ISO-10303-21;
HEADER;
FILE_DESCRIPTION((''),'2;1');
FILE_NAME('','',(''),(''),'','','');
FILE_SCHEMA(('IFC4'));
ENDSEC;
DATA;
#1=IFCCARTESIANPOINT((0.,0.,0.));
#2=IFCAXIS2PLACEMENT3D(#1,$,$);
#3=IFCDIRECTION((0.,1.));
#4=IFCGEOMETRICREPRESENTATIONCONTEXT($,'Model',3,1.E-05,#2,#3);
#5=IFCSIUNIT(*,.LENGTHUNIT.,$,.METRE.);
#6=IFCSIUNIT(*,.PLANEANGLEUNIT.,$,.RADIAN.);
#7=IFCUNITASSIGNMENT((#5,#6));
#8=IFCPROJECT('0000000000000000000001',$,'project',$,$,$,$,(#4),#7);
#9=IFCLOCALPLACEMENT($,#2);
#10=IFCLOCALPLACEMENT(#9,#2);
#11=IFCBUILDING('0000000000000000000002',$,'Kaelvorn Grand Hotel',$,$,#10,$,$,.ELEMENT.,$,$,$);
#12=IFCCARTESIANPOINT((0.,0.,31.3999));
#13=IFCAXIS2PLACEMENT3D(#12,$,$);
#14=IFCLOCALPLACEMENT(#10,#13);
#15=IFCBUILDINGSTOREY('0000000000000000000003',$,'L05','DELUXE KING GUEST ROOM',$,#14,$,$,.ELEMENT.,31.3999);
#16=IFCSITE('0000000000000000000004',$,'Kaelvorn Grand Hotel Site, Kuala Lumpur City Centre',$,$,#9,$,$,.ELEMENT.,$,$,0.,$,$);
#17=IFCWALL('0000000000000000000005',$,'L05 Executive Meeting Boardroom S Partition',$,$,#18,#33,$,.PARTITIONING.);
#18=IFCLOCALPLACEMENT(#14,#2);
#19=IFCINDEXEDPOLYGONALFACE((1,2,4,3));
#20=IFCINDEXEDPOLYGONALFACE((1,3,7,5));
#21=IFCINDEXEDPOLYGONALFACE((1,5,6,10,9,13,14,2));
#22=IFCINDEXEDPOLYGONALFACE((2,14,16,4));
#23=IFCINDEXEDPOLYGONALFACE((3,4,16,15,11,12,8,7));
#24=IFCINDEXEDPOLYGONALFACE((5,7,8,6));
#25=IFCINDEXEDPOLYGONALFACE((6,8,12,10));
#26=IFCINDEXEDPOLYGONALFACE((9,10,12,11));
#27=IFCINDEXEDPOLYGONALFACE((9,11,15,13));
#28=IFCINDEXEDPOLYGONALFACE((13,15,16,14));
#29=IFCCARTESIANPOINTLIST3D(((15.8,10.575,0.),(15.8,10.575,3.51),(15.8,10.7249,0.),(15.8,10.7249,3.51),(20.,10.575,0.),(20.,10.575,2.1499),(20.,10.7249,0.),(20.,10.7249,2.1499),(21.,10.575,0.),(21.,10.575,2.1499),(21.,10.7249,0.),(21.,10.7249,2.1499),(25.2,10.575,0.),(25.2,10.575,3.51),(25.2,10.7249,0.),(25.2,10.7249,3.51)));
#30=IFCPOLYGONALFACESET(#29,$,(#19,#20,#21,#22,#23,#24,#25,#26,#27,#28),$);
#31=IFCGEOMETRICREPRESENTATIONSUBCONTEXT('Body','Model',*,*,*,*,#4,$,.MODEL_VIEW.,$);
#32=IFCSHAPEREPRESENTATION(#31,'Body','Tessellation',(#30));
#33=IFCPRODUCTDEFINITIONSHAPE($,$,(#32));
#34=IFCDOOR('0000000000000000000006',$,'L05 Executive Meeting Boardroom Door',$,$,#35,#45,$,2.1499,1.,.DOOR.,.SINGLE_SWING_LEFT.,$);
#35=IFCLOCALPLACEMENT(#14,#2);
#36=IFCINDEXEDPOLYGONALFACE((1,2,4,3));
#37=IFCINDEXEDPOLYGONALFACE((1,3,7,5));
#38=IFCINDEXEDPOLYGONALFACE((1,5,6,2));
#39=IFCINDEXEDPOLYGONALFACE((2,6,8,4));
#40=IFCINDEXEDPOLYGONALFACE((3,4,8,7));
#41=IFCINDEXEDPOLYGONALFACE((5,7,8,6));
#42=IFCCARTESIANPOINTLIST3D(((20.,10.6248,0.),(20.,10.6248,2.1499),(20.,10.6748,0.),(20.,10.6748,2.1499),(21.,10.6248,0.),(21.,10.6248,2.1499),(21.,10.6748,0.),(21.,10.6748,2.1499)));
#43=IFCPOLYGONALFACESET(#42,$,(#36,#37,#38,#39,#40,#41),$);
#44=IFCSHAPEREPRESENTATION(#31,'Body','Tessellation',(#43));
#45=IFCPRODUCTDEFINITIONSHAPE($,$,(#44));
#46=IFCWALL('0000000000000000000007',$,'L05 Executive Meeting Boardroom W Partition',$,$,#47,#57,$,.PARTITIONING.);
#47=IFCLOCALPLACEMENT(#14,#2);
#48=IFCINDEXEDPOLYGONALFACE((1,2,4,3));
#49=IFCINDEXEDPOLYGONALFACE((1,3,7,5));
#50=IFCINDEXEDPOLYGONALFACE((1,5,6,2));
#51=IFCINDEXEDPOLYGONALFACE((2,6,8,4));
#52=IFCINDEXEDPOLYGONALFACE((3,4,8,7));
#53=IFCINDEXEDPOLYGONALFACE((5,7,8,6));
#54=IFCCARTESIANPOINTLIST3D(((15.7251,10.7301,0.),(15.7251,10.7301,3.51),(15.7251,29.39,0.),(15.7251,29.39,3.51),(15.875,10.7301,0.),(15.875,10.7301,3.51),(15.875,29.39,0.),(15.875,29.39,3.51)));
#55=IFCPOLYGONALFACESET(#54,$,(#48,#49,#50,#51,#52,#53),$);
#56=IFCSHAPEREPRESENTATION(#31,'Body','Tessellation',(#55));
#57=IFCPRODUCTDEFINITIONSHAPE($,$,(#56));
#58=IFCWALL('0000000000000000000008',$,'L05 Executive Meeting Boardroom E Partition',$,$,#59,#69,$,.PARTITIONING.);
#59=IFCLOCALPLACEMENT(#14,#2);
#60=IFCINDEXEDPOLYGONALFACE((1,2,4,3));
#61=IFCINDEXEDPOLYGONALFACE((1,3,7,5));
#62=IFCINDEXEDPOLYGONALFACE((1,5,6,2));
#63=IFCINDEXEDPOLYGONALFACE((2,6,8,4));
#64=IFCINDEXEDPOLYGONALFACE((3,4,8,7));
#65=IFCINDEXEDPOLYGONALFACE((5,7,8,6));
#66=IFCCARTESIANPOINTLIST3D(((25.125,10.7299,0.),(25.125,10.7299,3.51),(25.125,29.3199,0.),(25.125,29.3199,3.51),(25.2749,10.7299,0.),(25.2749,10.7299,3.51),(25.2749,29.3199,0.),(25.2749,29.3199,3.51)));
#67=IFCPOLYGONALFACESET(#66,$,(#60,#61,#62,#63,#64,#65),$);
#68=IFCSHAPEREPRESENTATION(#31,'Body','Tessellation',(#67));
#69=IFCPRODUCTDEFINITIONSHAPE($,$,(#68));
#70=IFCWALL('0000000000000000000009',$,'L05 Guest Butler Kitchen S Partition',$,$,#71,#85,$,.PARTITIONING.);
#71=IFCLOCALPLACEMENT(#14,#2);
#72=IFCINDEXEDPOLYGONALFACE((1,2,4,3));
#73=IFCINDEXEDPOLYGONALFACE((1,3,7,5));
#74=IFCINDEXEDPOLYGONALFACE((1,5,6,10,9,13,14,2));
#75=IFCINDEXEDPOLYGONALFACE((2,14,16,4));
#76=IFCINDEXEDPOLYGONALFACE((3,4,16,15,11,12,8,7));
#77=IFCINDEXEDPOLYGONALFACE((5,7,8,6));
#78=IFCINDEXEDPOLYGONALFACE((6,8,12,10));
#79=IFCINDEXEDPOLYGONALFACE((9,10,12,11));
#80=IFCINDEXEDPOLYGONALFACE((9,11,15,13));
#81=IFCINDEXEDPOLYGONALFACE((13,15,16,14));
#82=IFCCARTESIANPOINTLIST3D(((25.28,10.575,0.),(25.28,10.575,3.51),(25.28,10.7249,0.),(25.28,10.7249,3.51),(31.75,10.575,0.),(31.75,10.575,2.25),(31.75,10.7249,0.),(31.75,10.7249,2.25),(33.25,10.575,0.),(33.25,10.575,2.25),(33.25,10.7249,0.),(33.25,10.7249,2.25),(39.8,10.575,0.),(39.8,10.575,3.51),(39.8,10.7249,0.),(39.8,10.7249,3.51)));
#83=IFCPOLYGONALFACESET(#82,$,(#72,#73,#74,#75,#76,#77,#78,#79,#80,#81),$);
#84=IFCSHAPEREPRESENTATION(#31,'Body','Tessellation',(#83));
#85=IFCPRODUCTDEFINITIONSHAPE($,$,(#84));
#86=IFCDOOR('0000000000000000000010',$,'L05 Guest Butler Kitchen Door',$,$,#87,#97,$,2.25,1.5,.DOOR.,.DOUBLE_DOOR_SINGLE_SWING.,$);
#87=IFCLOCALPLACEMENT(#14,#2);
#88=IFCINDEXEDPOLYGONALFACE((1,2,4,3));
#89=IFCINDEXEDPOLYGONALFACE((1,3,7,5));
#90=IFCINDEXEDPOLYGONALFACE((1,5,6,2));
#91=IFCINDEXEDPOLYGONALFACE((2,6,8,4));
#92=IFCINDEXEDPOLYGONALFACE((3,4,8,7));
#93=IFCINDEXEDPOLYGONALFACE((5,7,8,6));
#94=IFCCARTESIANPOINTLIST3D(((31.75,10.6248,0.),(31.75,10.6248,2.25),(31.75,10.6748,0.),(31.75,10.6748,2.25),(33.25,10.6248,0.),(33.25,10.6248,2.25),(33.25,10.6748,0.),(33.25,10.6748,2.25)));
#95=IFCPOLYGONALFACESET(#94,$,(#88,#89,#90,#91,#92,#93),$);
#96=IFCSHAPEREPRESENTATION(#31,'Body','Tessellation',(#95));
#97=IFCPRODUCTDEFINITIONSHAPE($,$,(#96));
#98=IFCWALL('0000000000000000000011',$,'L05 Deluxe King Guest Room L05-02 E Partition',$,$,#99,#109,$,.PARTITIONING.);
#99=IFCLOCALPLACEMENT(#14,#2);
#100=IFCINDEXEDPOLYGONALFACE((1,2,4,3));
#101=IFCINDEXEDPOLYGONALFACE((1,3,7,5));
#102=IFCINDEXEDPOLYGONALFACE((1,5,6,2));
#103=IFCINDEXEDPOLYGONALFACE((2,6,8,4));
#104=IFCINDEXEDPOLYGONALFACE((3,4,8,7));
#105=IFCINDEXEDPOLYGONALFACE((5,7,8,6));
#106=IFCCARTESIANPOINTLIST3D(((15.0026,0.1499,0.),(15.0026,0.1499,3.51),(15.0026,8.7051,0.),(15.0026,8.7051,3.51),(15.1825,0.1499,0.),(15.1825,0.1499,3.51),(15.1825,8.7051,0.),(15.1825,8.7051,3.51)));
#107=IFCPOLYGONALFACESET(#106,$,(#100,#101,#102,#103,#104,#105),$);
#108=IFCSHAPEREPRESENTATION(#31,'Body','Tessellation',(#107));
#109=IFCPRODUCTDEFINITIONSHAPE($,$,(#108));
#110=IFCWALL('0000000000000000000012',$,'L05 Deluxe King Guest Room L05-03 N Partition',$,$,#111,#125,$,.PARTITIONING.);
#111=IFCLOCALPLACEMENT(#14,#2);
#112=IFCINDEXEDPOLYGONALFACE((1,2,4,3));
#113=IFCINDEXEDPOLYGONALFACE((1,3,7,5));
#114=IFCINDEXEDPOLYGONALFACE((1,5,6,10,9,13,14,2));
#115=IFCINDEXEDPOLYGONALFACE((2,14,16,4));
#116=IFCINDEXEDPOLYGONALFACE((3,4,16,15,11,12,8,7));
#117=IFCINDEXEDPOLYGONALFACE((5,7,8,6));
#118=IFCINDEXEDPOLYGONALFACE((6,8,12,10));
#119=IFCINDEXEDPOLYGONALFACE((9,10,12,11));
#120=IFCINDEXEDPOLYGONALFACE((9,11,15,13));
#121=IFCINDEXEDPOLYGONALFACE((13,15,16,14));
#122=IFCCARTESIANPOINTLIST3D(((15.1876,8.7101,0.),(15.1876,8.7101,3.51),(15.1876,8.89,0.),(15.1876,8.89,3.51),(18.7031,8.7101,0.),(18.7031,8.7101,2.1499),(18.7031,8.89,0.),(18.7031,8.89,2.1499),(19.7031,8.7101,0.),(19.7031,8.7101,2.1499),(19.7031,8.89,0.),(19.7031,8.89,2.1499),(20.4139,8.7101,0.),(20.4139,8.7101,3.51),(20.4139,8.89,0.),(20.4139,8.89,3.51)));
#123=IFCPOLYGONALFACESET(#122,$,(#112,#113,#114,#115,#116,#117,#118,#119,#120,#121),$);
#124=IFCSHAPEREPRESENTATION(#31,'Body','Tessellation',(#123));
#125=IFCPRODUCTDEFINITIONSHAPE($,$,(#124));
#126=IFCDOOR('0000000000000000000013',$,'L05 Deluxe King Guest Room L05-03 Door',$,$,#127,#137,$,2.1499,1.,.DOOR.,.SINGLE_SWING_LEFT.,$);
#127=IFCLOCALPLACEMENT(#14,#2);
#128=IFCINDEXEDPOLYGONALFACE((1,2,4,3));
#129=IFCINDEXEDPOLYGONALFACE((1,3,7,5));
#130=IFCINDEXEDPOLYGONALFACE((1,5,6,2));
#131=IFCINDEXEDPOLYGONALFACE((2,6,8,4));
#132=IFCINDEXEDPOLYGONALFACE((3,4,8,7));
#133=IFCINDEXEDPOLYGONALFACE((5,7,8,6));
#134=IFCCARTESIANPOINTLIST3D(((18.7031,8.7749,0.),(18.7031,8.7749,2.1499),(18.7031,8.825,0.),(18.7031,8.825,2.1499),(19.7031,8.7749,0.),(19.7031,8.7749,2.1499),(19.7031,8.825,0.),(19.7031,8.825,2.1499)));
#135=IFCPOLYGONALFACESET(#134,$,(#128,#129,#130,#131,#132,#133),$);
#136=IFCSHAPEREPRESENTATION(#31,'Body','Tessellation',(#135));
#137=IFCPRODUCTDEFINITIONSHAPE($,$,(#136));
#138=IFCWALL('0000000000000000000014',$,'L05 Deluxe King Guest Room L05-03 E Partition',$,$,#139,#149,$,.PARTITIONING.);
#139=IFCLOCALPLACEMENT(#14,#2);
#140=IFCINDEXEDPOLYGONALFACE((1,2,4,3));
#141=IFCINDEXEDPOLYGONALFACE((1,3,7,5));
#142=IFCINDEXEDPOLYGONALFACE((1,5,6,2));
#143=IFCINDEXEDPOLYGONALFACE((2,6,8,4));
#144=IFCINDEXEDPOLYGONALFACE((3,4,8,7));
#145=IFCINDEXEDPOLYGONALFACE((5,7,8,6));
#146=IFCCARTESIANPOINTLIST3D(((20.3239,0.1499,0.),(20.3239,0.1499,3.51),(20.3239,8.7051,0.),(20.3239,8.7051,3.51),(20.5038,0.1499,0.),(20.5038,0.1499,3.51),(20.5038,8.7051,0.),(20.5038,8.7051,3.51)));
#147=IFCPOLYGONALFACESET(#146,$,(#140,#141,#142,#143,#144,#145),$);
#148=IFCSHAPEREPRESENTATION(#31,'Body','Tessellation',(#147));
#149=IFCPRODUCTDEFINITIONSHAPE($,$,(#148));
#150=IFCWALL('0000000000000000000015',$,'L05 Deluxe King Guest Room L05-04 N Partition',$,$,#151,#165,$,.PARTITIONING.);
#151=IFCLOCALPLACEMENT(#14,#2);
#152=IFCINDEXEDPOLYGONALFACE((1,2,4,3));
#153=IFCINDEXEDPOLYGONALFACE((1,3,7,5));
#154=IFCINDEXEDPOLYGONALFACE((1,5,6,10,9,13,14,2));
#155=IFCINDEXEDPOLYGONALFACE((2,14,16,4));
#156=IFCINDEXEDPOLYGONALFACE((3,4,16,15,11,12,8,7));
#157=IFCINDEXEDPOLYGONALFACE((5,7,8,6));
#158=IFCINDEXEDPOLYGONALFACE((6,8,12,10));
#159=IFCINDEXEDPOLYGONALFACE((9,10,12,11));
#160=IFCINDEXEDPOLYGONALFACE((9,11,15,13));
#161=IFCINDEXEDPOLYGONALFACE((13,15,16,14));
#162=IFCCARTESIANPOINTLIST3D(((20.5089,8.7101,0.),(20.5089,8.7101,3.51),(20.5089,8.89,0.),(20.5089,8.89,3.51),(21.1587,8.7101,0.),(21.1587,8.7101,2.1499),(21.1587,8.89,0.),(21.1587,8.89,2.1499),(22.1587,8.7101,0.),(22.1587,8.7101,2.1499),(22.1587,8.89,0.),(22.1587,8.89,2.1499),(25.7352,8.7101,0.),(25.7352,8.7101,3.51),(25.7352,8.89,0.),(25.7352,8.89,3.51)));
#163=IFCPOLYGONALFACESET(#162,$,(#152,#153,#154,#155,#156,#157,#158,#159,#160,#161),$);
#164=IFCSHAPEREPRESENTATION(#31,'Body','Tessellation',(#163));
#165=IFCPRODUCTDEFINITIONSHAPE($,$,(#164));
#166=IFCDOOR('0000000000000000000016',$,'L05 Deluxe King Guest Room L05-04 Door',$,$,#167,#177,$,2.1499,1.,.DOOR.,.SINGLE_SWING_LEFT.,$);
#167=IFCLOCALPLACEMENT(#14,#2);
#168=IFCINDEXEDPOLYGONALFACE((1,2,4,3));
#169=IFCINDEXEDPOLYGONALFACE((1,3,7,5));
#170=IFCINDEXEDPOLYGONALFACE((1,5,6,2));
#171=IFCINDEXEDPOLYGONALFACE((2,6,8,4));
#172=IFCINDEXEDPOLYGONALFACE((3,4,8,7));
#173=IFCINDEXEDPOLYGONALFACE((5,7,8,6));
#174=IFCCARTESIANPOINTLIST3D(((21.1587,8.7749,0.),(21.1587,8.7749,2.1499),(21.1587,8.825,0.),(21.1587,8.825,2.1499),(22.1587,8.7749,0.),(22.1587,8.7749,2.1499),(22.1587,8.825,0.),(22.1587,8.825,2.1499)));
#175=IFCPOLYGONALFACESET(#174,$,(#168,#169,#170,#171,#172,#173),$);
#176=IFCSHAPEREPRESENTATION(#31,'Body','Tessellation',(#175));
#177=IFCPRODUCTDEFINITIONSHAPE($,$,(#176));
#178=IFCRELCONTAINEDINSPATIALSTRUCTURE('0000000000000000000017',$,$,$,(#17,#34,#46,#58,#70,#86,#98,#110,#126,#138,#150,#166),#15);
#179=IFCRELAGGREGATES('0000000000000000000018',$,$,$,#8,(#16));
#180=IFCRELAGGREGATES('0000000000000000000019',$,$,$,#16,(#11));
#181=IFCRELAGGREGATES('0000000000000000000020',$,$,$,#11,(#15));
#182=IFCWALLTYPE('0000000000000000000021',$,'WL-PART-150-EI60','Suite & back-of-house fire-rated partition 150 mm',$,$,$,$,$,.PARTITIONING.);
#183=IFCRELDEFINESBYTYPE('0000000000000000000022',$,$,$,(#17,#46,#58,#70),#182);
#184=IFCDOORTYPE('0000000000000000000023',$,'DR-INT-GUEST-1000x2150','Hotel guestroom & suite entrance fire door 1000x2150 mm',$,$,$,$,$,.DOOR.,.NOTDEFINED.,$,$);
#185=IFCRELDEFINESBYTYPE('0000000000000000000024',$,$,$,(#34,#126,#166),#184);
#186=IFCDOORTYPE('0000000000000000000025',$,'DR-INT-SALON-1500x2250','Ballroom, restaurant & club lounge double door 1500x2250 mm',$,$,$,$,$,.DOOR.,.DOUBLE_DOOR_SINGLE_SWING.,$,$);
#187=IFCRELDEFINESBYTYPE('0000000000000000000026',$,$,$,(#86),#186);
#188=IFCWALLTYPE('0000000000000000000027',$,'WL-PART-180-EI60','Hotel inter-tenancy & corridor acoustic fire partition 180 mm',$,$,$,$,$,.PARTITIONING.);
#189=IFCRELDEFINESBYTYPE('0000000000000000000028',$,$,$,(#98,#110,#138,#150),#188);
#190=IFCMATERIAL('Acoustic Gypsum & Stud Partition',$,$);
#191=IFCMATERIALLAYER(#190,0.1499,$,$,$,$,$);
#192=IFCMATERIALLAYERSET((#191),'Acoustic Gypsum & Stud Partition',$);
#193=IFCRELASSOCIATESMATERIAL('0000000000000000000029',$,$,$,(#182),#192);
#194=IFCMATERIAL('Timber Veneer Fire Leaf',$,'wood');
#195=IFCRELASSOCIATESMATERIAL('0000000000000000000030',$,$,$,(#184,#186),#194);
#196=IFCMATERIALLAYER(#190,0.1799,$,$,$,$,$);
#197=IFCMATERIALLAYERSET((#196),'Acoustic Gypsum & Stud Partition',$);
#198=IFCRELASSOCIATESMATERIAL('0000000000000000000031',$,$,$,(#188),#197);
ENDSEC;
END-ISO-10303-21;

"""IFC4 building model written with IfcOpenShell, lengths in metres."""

from ifc_helpers import new_model, si_unit, direction, frame, frame_2d, origin, place, context, subcontext, project, spatial, rectangle, extrude, material, layer, layer_set, type_object, element, fill, save


model = new_model("IFC4")

# Units and contexts
model_context = context("Model", 3, precision=1e-05, world=origin(), true_north=direction((0.0, 1.0)))
body_context = subcontext(model_context, "Body", "Model", "MODEL_VIEW")
ifc_project = project(units=[si_unit("LENGTHUNIT", "METRE"), si_unit("PLANEANGLEUNIT", "RADIAN")], contexts=[model_context])

# Site, building, storey
site_placement = place(None, origin())
site = spatial("IfcSite", under=ifc_project, at=site_placement, Name="Kaelvorn Grand Hotel Site, Kuala Lumpur City Centre", CompositionType="ELEMENT", RefElevation=0.0)
building_placement = place(site_placement, origin())
building = spatial("IfcBuilding", under=site, at=building_placement, Name="Kaelvorn Grand Hotel", CompositionType="ELEMENT")
storey_placement = place(building_placement, frame((0.0, 0.0, 31.3999)))
storey = spatial("IfcBuildingStorey", under=building, at=storey_placement, Name="L05", Description="DELUXE KING GUEST ROOM", CompositionType="ELEMENT", Elevation=31.3999)

# Wall, opening, door
ifc_material_1 = material(Name="Acoustic Gypsum & Stud Partition")
ifc_layer_1 = layer(ifc_material_1, 0.1499)
ifc_layer_set_1 = layer_set([ifc_layer_1], Name="Acoustic Gypsum & Stud Partition")
wall_type_1 = type_object("IfcWallType", Name="WL-PART-150-EI60", Description="Suite & back-of-house fire-rated partition 150 mm", PredefinedType="PARTITIONING", material=ifc_layer_set_1)
wall_1_placement = place(storey_placement, frame((15.8, 10.6499, 0.0), z_axis=(0.0, 0.0, 1.0), x_axis=(1.0, 0.0, 0.0)))
wall_1 = element("IfcWall", 1, at=wall_1_placement, inside=storey, type_object=wall_type_1, Name="L05 Executive Meeting Boardroom S Partition", PredefinedType="PARTITIONING", context=body_context, shape_type="SweptSolid", body=[
    extrude(rectangle(XDim=9.3999, YDim=0.1499, at=frame_2d((4.7, 0.0))), origin(), (0.0, 0.0, 1.0), 3.51),
])
opening_1_placement = place(wall_1_placement, frame((4.2, 0.0, 0.0)))
opening_1 = element("IfcOpeningElement", 2, at=opening_1_placement, cuts=wall_1, PredefinedType="OPENING", context=body_context, shape_type="SweptSolid", body=[
    extrude(rectangle(XDim=1.0, YDim=2.1499, at=frame_2d((0.5, 1.075))), frame((0.0, 0.085, 0.0), z_axis=(0.0, -1.0, 0.0), x_axis=(1.0, 0.0, 0.0)), (0.0, 0.0, 1.0), 0.1699),
])
ifc_material_2 = material(Name="Timber Veneer Fire Leaf", Category="wood")
door_type_1 = type_object("IfcDoorType", Name="DR-INT-GUEST-1000x2150", Description="Hotel guestroom & suite entrance fire door 1000x2150 mm", OperationType="NOTDEFINED", PredefinedType="DOOR", material=ifc_material_2)
door_1_placement = place(opening_1_placement, origin())
door_1 = element("IfcDoor", 3, at=door_1_placement, inside=storey, type_object=door_type_1, Name="L05 Executive Meeting Boardroom Door", OperationType="SINGLE_SWING_LEFT", OverallHeight=2.1499, OverallWidth=1.0, PredefinedType="DOOR", context=body_context, shape_type="SweptSolid", body=[
    extrude(rectangle(XDim=1.0, YDim=2.1499, at=frame_2d((0.5, 1.075))), frame((0.0, 0.0249, 0.0), z_axis=(0.0, -1.0, 0.0), x_axis=(1.0, 0.0, 0.0)), (0.0, 0.0, 1.0), 0.05),
])
fill(opening_1, door_1)

# Walls
wall_2_placement = place(storey_placement, frame((15.8, 10.73, 0.0), z_axis=(0.0, 0.0, 1.0), x_axis=(0.0, 1.0, 0.0)))
element("IfcWall", 4, at=wall_2_placement, inside=storey, type_object=wall_type_1, Name="L05 Executive Meeting Boardroom W Partition", PredefinedType="PARTITIONING", context=body_context, shape_type="SweptSolid", body=[
    extrude(rectangle(XDim=18.6599, YDim=0.1499, at=frame_2d((9.3301, 0.0))), origin(), (0.0, 0.0, 1.0), 3.51),
])
wall_3_placement = place(storey_placement, frame((25.2, 10.73, 0.0), z_axis=(0.0, 0.0, 1.0), x_axis=(0.0, 1.0, 0.0)))
element("IfcWall", 5, at=wall_3_placement, inside=storey, type_object=wall_type_1, Name="L05 Executive Meeting Boardroom E Partition", PredefinedType="PARTITIONING", context=body_context, shape_type="SweptSolid", body=[
    extrude(rectangle(XDim=18.5901, YDim=0.1499, at=frame_2d((9.2949, 0.0))), origin(), (0.0, 0.0, 1.0), 3.51),
])

# Wall, opening, door
wall_4_placement = place(storey_placement, frame((25.28, 10.6499, 0.0), z_axis=(0.0, 0.0, 1.0), x_axis=(1.0, 0.0, 0.0)))
wall_4 = element("IfcWall", 6, at=wall_4_placement, inside=storey, type_object=wall_type_1, Name="L05 Guest Butler Kitchen S Partition", PredefinedType="PARTITIONING", context=body_context, shape_type="SweptSolid", body=[
    extrude(rectangle(XDim=14.52, YDim=0.1499, at=frame_2d((7.26, 0.0))), origin(), (0.0, 0.0, 1.0), 3.51),
])
opening_2_placement = place(wall_4_placement, frame((6.47, 0.0, 0.0)))
opening_2 = element("IfcOpeningElement", 7, at=opening_2_placement, cuts=wall_4, PredefinedType="OPENING", context=body_context, shape_type="SweptSolid", body=[
    extrude(rectangle(XDim=1.5, YDim=2.25, at=frame_2d((0.75, 1.125))), frame((0.0, 0.085, 0.0), z_axis=(0.0, -1.0, 0.0), x_axis=(1.0, 0.0, 0.0)), (0.0, 0.0, 1.0), 0.1699),
])
door_type_2 = type_object("IfcDoorType", Name="DR-INT-SALON-1500x2250", Description="Ballroom, restaurant & club lounge double door 1500x2250 mm", OperationType="DOUBLE_DOOR_SINGLE_SWING", PredefinedType="DOOR", material=ifc_material_2)
door_2_placement = place(opening_2_placement, origin())
door_2 = element("IfcDoor", 8, at=door_2_placement, inside=storey, type_object=door_type_2, Name="L05 Guest Butler Kitchen Door", OperationType="DOUBLE_DOOR_SINGLE_SWING", OverallHeight=2.25, OverallWidth=1.5, PredefinedType="DOOR", context=body_context, shape_type="SweptSolid", body=[
    extrude(rectangle(XDim=1.5, YDim=2.25, at=frame_2d((0.75, 1.125))), frame((0.0, 0.0249, 0.0), z_axis=(0.0, -1.0, 0.0), x_axis=(1.0, 0.0, 0.0)), (0.0, 0.0, 1.0), 0.05),
])
fill(opening_2, door_2)

# Wall
ifc_layer_2 = layer(ifc_material_1, 0.1799)
ifc_layer_set_2 = layer_set([ifc_layer_2], Name="Acoustic Gypsum & Stud Partition")
wall_type_2 = type_object("IfcWallType", Name="WL-PART-180-EI60", Description="Hotel inter-tenancy & corridor acoustic fire partition 180 mm", PredefinedType="PARTITIONING", material=ifc_layer_set_2)
wall_5_placement = place(storey_placement, frame((15.0925, 0.1499, 0.0), z_axis=(0.0, 0.0, 1.0), x_axis=(0.0, 1.0, 0.0)))
element("IfcWall", 9, at=wall_5_placement, inside=storey, type_object=wall_type_2, Name="L05 Deluxe King Guest Room L05-02 E Partition", PredefinedType="PARTITIONING", context=body_context, shape_type="SweptSolid", body=[
    extrude(rectangle(XDim=8.5552, YDim=0.1799, at=frame_2d((4.2776, 0.0))), origin(), (0.0, 0.0, 1.0), 3.51),
])

# Wall, opening, door
wall_6_placement = place(storey_placement, frame((15.1875, 8.8, 0.0), z_axis=(0.0, 0.0, 1.0), x_axis=(1.0, 0.0, 0.0)))
wall_6 = element("IfcWall", 10, at=wall_6_placement, inside=storey, type_object=wall_type_2, Name="L05 Deluxe King Guest Room L05-03 N Partition", PredefinedType="PARTITIONING", context=body_context, shape_type="SweptSolid", body=[
    extrude(rectangle(XDim=5.2263, YDim=0.1799, at=frame_2d((2.6133, 0.0))), origin(), (0.0, 0.0, 1.0), 3.51),
])
opening_3_placement = place(wall_6_placement, frame((3.5156, 0.0, 0.0)))
opening_3 = element("IfcOpeningElement", 11, at=opening_3_placement, cuts=wall_6, PredefinedType="OPENING", context=body_context, shape_type="SweptSolid", body=[
    extrude(rectangle(XDim=1.0, YDim=2.1499, at=frame_2d((0.5, 1.075))), frame((0.0, 0.1001, 0.0), z_axis=(0.0, -1.0, 0.0), x_axis=(1.0, 0.0, 0.0)), (0.0, 0.0, 1.0), 0.2),
])
door_3_placement = place(opening_3_placement, origin())
door_3 = element("IfcDoor", 12, at=door_3_placement, inside=storey, type_object=door_type_1, Name="L05 Deluxe King Guest Room L05-03 Door", OperationType="SINGLE_SWING_LEFT", OverallHeight=2.1499, OverallWidth=1.0, PredefinedType="DOOR", context=body_context, shape_type="SweptSolid", body=[
    extrude(rectangle(XDim=1.0, YDim=2.1499, at=frame_2d((0.5, 1.075))), frame((0.0, 0.0249, 0.0), z_axis=(0.0, -1.0, 0.0), x_axis=(1.0, 0.0, 0.0)), (0.0, 0.0, 1.0), 0.05),
])
fill(opening_3, door_3)

# Wall
wall_7_placement = place(storey_placement, frame((20.4138, 0.1499, 0.0), z_axis=(0.0, 0.0, 1.0), x_axis=(0.0, 1.0, 0.0)))
element("IfcWall", 13, at=wall_7_placement, inside=storey, type_object=wall_type_2, Name="L05 Deluxe King Guest Room L05-03 E Partition", PredefinedType="PARTITIONING", context=body_context, shape_type="SweptSolid", body=[
    extrude(rectangle(XDim=8.5552, YDim=0.1799, at=frame_2d((4.2776, 0.0))), origin(), (0.0, 0.0, 1.0), 3.51),
])

# Wall, opening, door
wall_8_placement = place(storey_placement, frame((20.5088, 8.8, 0.0), z_axis=(0.0, 0.0, 1.0), x_axis=(1.0, 0.0, 0.0)))
wall_8 = element("IfcWall", 14, at=wall_8_placement, inside=storey, type_object=wall_type_2, Name="L05 Deluxe King Guest Room L05-04 N Partition", PredefinedType="PARTITIONING", context=body_context, shape_type="SweptSolid", body=[
    extrude(rectangle(XDim=5.2263, YDim=0.1799, at=frame_2d((2.6133, 0.0))), origin(), (0.0, 0.0, 1.0), 3.51),
])
opening_4_placement = place(wall_8_placement, frame((0.6499, 0.0, 0.0)))
opening_4 = element("IfcOpeningElement", 15, at=opening_4_placement, cuts=wall_8, PredefinedType="OPENING", context=body_context, shape_type="SweptSolid", body=[
    extrude(rectangle(XDim=1.0, YDim=2.1499, at=frame_2d((0.5, 1.075))), frame((0.0, 0.1001, 0.0), z_axis=(0.0, -1.0, 0.0), x_axis=(1.0, 0.0, 0.0)), (0.0, 0.0, 1.0), 0.2),
])
door_4_placement = place(opening_4_placement, origin())
door_4 = element("IfcDoor", 16, at=door_4_placement, inside=storey, type_object=door_type_1, Name="L05 Deluxe King Guest Room L05-04 Door", OperationType="SINGLE_SWING_LEFT", OverallHeight=2.1499, OverallWidth=1.0, PredefinedType="DOOR", context=body_context, shape_type="SweptSolid", body=[
    extrude(rectangle(XDim=1.0, YDim=2.1499, at=frame_2d((0.5, 1.075))), frame((0.0, 0.0249, 0.0), z_axis=(0.0, -1.0, 0.0), x_axis=(1.0, 0.0, 0.0)), (0.0, 0.0, 1.0), 0.05),
])
fill(opening_4, door_4)

save(model, "model.ifc")
